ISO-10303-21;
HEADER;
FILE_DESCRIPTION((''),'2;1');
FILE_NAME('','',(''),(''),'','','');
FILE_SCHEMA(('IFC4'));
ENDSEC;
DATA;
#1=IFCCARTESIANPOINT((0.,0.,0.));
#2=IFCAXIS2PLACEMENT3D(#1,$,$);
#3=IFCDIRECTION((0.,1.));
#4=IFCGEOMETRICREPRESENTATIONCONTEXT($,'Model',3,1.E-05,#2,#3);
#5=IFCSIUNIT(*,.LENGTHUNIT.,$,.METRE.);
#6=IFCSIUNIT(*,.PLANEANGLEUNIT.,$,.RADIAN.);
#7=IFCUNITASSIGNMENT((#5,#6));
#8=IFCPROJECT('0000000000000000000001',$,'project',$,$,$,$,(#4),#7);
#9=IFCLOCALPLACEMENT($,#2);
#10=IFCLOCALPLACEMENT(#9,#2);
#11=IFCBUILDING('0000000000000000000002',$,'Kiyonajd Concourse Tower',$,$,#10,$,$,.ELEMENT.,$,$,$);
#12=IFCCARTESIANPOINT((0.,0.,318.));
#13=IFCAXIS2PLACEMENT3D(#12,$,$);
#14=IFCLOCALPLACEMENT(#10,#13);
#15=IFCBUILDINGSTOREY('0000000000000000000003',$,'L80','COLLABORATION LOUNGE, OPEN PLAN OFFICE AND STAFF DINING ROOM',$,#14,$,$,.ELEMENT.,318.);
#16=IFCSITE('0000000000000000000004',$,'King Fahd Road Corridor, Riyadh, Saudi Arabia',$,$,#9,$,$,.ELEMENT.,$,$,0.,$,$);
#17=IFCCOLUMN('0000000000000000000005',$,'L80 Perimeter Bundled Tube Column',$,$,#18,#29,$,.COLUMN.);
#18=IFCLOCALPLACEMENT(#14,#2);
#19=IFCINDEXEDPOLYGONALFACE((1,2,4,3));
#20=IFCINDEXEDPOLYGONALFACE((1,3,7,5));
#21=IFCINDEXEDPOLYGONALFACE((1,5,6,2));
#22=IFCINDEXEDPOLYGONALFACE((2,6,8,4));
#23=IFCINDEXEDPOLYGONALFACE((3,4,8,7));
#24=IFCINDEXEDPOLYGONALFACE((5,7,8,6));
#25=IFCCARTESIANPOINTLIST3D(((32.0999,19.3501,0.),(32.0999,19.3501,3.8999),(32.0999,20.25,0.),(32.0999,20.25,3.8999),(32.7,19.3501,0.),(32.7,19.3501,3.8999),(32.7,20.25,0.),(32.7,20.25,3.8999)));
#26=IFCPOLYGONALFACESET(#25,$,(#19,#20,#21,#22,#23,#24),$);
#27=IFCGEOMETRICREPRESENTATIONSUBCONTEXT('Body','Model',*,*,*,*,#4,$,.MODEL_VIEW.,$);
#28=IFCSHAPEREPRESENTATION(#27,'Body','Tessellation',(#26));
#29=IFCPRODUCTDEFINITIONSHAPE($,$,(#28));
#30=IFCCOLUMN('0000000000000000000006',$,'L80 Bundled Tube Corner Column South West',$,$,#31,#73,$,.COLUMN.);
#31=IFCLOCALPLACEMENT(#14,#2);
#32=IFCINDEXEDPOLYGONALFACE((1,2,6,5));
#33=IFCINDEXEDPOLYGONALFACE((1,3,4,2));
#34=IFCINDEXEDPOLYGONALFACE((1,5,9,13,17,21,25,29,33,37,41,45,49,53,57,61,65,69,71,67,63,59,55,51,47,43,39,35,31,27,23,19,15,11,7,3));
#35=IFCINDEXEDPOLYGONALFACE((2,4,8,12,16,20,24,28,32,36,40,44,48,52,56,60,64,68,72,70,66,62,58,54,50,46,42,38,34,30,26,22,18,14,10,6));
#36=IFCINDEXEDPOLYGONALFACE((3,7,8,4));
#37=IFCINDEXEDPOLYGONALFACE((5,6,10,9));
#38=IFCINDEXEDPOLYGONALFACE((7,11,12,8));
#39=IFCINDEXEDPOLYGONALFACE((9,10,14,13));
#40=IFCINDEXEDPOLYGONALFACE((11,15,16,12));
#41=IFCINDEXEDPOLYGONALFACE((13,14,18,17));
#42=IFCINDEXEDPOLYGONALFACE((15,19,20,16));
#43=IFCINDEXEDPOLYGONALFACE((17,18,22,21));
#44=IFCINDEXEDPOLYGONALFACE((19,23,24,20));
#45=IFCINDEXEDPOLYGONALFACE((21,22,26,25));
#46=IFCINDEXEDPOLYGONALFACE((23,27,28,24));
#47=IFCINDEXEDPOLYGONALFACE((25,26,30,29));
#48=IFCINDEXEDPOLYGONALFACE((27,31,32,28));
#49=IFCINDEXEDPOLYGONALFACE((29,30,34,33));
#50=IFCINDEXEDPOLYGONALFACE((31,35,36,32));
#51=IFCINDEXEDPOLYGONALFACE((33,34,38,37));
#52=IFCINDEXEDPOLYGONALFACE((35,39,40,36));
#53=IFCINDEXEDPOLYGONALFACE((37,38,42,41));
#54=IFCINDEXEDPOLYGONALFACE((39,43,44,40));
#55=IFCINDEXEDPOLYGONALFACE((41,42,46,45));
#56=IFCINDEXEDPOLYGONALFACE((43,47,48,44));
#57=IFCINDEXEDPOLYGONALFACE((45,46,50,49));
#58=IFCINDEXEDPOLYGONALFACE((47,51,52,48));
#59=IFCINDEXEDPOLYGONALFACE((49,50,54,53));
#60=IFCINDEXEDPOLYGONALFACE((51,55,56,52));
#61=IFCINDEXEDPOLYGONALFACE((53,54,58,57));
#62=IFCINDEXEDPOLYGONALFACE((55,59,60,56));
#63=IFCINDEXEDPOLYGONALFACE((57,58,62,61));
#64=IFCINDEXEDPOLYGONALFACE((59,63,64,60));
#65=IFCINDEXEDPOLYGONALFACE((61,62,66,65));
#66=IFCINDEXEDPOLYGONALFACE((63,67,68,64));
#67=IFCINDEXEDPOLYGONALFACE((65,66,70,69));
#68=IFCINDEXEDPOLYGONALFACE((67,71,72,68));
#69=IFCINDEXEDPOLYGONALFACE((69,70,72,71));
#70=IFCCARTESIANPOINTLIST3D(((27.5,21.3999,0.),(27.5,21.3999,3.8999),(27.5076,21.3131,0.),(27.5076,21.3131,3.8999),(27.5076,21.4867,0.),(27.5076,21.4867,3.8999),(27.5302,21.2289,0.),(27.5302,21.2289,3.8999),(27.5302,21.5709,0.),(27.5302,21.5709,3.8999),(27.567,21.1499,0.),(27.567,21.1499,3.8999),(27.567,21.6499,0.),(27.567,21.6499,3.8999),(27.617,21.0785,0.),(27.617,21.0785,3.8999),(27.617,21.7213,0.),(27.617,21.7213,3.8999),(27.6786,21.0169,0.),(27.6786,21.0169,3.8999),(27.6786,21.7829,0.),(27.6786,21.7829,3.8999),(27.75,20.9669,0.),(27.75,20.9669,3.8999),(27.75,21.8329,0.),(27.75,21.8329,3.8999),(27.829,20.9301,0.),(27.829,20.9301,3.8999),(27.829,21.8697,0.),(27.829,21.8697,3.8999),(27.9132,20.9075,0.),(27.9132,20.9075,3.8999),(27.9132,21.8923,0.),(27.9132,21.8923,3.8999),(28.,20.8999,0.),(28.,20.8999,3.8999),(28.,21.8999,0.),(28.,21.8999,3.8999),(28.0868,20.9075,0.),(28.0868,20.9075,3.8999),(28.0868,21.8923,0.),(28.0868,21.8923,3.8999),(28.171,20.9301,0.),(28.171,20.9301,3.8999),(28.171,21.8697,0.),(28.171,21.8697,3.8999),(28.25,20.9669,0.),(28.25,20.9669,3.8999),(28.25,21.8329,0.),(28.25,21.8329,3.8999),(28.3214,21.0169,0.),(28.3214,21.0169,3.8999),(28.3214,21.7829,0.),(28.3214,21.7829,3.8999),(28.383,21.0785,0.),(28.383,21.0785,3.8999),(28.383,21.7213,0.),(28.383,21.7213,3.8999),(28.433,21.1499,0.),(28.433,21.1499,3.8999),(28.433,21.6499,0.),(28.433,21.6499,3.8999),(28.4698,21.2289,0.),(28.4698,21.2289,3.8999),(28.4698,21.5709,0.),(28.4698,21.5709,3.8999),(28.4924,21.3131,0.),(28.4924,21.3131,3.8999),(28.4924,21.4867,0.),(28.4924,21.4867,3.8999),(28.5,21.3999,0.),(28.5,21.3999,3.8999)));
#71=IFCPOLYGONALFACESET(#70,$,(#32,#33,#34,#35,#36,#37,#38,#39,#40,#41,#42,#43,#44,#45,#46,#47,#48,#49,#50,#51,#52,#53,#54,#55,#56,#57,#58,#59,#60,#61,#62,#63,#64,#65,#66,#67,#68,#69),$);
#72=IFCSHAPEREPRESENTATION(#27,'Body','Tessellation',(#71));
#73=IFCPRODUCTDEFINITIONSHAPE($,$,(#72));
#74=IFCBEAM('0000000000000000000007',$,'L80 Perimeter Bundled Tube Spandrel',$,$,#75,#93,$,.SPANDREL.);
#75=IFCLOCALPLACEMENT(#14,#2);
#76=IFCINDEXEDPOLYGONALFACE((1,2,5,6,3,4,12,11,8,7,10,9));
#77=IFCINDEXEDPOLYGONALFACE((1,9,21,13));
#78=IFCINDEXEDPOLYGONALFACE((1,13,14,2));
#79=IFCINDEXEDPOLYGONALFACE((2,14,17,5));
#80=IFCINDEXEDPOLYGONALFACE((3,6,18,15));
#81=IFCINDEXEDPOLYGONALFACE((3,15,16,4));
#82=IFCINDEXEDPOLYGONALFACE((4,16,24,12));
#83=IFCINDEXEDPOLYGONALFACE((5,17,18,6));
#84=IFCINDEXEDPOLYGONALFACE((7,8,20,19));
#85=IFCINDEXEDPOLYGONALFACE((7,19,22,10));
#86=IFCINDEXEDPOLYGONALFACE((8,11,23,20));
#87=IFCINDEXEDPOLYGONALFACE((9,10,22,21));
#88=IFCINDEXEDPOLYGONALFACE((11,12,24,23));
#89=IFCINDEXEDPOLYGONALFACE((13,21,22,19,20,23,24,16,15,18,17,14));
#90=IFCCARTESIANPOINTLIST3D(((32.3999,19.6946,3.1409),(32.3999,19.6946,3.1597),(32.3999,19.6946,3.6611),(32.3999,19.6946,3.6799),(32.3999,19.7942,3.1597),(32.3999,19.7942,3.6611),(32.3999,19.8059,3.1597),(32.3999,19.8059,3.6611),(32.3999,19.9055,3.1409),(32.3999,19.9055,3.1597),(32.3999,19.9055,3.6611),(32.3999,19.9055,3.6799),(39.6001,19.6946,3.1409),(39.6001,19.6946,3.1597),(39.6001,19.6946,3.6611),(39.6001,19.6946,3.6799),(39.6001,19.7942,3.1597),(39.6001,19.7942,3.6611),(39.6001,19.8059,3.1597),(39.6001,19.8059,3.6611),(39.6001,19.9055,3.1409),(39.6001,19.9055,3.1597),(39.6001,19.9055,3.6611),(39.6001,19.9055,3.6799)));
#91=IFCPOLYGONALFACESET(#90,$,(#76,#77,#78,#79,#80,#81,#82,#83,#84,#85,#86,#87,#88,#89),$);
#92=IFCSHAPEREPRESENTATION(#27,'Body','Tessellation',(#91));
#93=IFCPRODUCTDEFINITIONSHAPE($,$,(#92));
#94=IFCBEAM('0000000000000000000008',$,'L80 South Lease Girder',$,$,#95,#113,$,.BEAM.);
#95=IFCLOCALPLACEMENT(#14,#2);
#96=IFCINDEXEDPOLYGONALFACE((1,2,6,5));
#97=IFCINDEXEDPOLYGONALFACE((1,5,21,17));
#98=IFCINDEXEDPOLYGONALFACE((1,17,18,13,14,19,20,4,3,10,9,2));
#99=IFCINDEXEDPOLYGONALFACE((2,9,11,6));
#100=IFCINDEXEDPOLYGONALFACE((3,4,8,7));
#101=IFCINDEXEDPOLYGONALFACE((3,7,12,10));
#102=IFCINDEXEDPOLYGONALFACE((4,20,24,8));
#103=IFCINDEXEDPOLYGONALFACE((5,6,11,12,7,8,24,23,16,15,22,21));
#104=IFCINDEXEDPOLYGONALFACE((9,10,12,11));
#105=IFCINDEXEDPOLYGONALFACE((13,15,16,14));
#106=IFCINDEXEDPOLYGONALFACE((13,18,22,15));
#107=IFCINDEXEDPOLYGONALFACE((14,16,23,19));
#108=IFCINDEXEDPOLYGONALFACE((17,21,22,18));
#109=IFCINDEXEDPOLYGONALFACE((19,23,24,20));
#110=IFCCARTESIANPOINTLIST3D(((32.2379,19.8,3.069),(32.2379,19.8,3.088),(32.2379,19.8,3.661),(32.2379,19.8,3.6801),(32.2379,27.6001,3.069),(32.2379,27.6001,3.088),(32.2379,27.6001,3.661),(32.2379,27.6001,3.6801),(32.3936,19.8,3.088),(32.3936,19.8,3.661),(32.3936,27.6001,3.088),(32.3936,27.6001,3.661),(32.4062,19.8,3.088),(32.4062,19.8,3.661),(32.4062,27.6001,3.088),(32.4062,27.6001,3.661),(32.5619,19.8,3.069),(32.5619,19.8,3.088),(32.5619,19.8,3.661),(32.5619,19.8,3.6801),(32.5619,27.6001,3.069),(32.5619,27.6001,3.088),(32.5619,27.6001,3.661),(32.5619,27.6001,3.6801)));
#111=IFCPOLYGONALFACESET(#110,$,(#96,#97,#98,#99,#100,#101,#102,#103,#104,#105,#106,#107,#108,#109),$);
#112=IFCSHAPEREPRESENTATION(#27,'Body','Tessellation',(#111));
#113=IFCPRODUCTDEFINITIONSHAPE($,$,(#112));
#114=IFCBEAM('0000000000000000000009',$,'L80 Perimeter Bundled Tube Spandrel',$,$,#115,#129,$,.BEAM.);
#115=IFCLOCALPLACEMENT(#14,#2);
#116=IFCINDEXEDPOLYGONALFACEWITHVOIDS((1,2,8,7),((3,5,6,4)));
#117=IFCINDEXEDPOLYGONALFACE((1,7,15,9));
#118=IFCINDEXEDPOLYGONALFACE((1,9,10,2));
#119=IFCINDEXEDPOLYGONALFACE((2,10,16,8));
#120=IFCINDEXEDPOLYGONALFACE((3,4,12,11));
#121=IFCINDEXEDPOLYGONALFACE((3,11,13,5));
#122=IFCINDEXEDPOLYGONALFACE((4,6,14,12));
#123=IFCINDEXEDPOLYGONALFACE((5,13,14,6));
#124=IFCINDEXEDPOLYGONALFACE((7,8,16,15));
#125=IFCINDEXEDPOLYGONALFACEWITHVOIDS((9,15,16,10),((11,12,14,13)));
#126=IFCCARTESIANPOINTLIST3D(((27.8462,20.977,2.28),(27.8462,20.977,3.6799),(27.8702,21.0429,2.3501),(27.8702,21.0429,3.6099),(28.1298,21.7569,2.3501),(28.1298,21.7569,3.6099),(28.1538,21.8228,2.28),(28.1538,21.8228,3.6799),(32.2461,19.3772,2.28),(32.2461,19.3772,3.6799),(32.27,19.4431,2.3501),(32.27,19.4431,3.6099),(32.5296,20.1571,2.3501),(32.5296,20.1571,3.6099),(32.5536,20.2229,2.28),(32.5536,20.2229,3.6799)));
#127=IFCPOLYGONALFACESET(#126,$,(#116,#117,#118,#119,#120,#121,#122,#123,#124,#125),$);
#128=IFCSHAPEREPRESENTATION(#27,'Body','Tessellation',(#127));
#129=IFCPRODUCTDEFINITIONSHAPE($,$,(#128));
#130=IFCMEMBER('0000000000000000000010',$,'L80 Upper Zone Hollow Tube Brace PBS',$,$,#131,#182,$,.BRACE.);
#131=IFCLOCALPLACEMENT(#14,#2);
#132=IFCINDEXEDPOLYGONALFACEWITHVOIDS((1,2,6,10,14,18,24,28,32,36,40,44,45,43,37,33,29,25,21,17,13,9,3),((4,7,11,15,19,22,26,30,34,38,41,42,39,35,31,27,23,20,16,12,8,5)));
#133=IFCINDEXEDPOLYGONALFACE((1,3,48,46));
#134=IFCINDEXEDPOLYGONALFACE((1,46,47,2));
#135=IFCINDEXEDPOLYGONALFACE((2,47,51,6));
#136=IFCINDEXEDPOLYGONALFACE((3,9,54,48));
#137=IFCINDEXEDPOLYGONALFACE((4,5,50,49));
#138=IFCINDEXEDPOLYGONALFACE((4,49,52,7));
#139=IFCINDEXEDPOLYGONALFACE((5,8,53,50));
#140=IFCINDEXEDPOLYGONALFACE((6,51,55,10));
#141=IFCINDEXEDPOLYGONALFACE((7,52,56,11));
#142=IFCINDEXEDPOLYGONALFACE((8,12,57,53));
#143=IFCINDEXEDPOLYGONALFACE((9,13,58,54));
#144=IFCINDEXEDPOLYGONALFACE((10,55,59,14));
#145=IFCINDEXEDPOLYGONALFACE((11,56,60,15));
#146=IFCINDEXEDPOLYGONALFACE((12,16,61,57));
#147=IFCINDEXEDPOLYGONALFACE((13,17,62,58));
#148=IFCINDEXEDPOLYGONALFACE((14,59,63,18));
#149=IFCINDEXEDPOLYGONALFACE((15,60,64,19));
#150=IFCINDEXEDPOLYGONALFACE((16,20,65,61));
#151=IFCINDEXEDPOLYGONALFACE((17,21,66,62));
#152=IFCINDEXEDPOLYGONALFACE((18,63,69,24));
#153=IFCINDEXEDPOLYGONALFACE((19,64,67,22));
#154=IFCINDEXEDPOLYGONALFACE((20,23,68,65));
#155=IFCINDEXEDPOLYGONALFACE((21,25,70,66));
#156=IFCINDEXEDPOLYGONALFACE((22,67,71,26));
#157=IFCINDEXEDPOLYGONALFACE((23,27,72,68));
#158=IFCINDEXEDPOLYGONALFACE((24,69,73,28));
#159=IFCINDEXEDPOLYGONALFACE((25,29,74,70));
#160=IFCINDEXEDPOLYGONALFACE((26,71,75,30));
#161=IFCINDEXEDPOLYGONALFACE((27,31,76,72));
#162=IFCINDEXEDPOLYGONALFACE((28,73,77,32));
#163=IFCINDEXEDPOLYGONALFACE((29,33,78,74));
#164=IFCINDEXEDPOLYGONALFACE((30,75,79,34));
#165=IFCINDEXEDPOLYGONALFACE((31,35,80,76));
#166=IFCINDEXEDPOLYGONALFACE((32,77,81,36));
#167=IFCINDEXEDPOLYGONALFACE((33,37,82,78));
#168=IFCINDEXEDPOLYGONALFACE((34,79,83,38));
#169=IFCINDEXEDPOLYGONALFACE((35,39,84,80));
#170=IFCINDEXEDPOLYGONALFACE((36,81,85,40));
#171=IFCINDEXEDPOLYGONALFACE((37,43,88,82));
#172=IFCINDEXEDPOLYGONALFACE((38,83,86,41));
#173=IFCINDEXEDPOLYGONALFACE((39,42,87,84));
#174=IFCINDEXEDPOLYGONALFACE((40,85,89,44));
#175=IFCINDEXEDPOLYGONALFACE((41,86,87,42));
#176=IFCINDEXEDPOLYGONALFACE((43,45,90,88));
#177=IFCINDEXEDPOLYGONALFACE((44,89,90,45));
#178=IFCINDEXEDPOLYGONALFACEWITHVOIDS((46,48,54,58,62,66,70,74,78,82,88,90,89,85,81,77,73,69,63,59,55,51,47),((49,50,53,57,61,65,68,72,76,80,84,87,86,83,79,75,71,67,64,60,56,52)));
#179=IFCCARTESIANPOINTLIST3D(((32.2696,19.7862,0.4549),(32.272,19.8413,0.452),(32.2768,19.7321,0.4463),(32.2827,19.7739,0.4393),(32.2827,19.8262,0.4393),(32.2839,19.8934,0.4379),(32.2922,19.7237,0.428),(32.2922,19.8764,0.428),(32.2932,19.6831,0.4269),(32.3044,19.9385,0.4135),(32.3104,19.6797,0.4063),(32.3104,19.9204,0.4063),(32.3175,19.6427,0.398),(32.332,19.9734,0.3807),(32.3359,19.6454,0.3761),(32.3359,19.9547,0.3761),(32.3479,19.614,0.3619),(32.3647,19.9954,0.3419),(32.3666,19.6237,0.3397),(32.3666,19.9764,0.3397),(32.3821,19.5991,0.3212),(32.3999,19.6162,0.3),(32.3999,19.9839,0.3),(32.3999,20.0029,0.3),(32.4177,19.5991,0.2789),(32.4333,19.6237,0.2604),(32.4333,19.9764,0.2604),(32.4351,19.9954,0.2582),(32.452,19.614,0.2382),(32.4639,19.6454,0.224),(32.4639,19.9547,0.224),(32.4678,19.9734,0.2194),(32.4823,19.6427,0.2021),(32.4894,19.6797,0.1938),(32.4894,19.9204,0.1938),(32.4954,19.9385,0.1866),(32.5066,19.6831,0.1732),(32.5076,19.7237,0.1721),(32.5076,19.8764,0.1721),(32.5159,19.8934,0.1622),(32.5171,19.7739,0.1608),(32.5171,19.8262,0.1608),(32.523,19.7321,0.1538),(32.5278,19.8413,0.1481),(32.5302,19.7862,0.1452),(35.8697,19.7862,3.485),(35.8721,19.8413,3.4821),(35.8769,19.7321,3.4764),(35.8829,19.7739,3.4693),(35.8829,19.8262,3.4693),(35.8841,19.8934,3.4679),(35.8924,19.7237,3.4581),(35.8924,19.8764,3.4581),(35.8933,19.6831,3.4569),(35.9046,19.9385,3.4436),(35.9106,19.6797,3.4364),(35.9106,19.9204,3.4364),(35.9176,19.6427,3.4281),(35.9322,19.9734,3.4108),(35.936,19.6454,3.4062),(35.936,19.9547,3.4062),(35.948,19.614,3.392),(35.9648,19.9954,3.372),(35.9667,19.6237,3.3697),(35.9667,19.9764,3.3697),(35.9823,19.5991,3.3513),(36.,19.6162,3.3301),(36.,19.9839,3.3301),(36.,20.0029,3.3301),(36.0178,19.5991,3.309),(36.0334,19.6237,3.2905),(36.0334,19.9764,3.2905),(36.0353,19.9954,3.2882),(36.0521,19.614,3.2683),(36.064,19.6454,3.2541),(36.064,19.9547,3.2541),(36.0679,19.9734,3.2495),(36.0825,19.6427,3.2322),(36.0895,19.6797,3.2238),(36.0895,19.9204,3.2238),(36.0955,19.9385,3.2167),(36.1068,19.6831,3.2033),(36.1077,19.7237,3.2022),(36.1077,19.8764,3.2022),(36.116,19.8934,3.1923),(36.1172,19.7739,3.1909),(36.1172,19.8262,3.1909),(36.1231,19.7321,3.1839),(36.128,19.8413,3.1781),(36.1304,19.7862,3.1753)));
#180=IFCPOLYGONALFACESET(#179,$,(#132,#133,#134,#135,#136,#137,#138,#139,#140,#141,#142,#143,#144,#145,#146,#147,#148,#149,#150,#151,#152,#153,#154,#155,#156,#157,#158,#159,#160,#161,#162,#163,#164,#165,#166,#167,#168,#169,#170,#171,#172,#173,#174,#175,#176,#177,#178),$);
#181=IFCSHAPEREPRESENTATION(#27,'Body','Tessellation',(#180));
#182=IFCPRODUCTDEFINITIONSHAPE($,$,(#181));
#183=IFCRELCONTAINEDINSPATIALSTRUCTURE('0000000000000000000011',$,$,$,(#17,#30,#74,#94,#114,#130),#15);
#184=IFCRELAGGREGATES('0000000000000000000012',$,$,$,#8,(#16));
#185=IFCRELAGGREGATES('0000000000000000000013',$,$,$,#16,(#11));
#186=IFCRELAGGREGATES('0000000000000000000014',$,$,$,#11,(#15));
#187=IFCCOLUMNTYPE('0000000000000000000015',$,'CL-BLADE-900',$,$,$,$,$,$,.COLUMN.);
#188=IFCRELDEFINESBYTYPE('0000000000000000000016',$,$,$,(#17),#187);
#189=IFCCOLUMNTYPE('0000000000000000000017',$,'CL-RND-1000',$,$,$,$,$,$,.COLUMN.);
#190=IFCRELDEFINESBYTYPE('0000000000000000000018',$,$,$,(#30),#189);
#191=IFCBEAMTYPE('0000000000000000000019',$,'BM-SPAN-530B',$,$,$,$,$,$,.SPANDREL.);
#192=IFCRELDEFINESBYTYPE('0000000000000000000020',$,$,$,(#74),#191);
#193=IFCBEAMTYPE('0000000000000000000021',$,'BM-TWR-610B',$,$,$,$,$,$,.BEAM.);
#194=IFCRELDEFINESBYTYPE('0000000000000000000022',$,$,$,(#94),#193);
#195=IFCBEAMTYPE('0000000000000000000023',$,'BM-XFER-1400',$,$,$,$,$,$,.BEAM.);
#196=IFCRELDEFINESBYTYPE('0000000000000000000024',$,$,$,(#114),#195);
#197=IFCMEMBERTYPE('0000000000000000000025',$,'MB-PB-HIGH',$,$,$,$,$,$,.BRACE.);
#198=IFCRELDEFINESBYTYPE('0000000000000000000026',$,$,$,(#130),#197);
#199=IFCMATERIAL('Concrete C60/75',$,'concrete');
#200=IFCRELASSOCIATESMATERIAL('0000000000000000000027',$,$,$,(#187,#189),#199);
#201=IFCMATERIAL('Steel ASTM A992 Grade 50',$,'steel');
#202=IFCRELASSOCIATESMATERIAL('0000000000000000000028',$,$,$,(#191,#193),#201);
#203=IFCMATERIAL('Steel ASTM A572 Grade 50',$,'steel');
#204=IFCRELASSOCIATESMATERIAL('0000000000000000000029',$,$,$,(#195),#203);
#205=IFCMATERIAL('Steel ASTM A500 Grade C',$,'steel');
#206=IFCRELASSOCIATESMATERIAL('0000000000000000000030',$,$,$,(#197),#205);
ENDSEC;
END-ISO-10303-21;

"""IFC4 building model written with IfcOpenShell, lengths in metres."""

from ifc_helpers import new_model, si_unit, direction, frame, origin, origin_2d, place, context, subcontext, project, spatial, rectangle, hollow_rectangle, circle, hollow_circle, i_section, extrude, material, material_profile, profile_set, type_object, element, save


model = new_model("IFC4")

# Units and contexts
model_context = context("Model", 3, precision=1e-05, world=origin(), true_north=direction((0.0, 1.0)))
body_context = subcontext(model_context, "Body", "Model", "MODEL_VIEW")
ifc_project = project(units=[si_unit("LENGTHUNIT", "METRE"), si_unit("PLANEANGLEUNIT", "RADIAN")], contexts=[model_context])

# Site, building, storey
site_placement = place(None, origin())
site = spatial("IfcSite", under=ifc_project, at=site_placement, Name="King Fahd Road Corridor, Riyadh, Saudi Arabia", CompositionType="ELEMENT", RefElevation=0.0)
building_placement = place(site_placement, origin())
building = spatial("IfcBuilding", under=site, at=building_placement, Name="Kiyonajd Concourse Tower", CompositionType="ELEMENT")
storey_placement = place(building_placement, frame((0.0, 0.0, 318.0)))
storey = spatial("IfcBuildingStorey", under=building, at=storey_placement, Name="L80", Description="COLLABORATION LOUNGE, OPEN PLAN OFFICE AND STAFF DINING ROOM", CompositionType="ELEMENT", Elevation=318.0)

# Columns
ifc_material_1 = material(Name="Concrete C60/75", Category="concrete")
ifc_material_profile_1 = material_profile(ifc_material_1, rectangle(XDim=0.6001, YDim=0.8999, at=origin_2d()), Name="RC-900x600")
ifc_profile_set_1 = profile_set([ifc_material_profile_1], Name="Concrete C60/75")
column_type_1 = type_object("IfcColumnType", Name="CL-BLADE-900", PredefinedType="COLUMN", material=ifc_profile_set_1)
column_1_placement = place(storey_placement, frame((32.3999, 19.8, 0.0), z_axis=(0.0, 0.0, 1.0), x_axis=(1.0, 0.0, 0.0)))
element("IfcColumn", 1, at=column_1_placement, inside=storey, type_object=column_type_1, Name="L80 Perimeter Bundled Tube Column", PredefinedType="COLUMN", context=body_context, shape_type="SweptSolid", body=[
    extrude(rectangle(XDim=0.6001, YDim=0.8999, at=origin_2d()), origin(), (0.0, 0.0, 1.0), 3.8999),
])
ifc_material_profile_2 = material_profile(ifc_material_1, circle(Radius=0.5, at=origin_2d()), Name="RCC-D1000")
ifc_profile_set_2 = profile_set([ifc_material_profile_2], Name="Concrete C60/75")
column_type_2 = type_object("IfcColumnType", Name="CL-RND-1000", PredefinedType="COLUMN", material=ifc_profile_set_2)
column_2_placement = place(storey_placement, frame((28.0, 21.3999, 0.0), z_axis=(0.0, 0.0, 1.0), x_axis=(1.0, 0.0, 0.0)))
element("IfcColumn", 2, at=column_2_placement, inside=storey, type_object=column_type_2, Name="L80 Bundled Tube Corner Column South West", PredefinedType="COLUMN", context=body_context, shape_type="SweptSolid", body=[
    extrude(circle(Radius=0.5, at=origin_2d()), origin(), (0.0, 0.0, 1.0), 3.8999),
])

# Beams
ifc_material_2 = material(Name="Steel ASTM A992 Grade 50", Category="steel")
ifc_material_profile_3 = material_profile(ifc_material_2, i_section(OverallWidth=0.2109, OverallDepth=0.5391, WebThickness=0.0117, FlangeThickness=0.0188, at=origin_2d()), Name="W530X109")
ifc_profile_set_3 = profile_set([ifc_material_profile_3], Name="Steel ASTM A992 Grade 50")
beam_type_1 = type_object("IfcBeamType", Name="BM-SPAN-530B", PredefinedType="SPANDREL", material=ifc_profile_set_3)
beam_1_placement = place(storey_placement, frame((32.3999, 19.8, 3.4104), z_axis=(1.0, 0.0, 0.0), x_axis=(0.0, 1.0, 0.0)))
element("IfcBeam", 3, at=beam_1_placement, inside=storey, type_object=beam_type_1, Name="L80 Perimeter Bundled Tube Spandrel", PredefinedType="SPANDREL", context=body_context, shape_type="SweptSolid", body=[
    extrude(i_section(OverallWidth=0.2109, OverallDepth=0.5391, WebThickness=0.0117, FlangeThickness=0.0188, at=origin_2d()), origin(), (0.0, 0.0, 1.0), 7.2002),
])
ifc_material_profile_4 = material_profile(ifc_material_2, i_section(OverallWidth=0.324, OverallDepth=0.6111, WebThickness=0.0127, FlangeThickness=0.019, at=origin_2d()), Name="W610X155")
ifc_profile_set_4 = profile_set([ifc_material_profile_4], Name="Steel ASTM A992 Grade 50")
beam_type_2 = type_object("IfcBeamType", Name="BM-TWR-610B", PredefinedType="BEAM", material=ifc_profile_set_4)
beam_2_placement = place(storey_placement, frame((32.3999, 19.8, 3.3745), z_axis=(0.0, 1.0, 0.0), x_axis=(-1.0, 0.0, 0.0)))
element("IfcBeam", 4, at=beam_2_placement, inside=storey, type_object=beam_type_2, Name="L80 South Lease Girder", PredefinedType="BEAM", context=body_context, shape_type="SweptSolid", body=[
    extrude(i_section(OverallWidth=0.324, OverallDepth=0.6111, WebThickness=0.0127, FlangeThickness=0.019, at=origin_2d()), origin(), (0.0, 0.0, 1.0), 7.8),
])
ifc_material_3 = material(Name="Steel ASTM A572 Grade 50", Category="steel")
ifc_material_profile_5 = material_profile(ifc_material_3, hollow_rectangle(XDim=0.8999, YDim=1.3999, WallThickness=0.0701, at=origin_2d()), Name="BOX-1400x900x70")
ifc_profile_set_5 = profile_set([ifc_material_profile_5], Name="Steel ASTM A572 Grade 50")
beam_type_3 = type_object("IfcBeamType", Name="BM-XFER-1400", PredefinedType="BEAM", material=ifc_profile_set_5)
beam_3_placement = place(storey_placement, frame((28.0, 21.3999, 2.98), z_axis=(0.939801, -0.341722, 0.0), x_axis=(0.341722, 0.939801, 0.0)))
element("IfcBeam", 5, at=beam_3_placement, inside=storey, type_object=beam_type_3, Name="L80 Perimeter Bundled Tube Spandrel", PredefinedType="BEAM", context=body_context, shape_type="SweptSolid", body=[
    extrude(hollow_rectangle(XDim=0.8999, YDim=1.3999, WallThickness=0.0701, at=origin_2d()), origin(), (0.0, 0.0, 1.0), 4.6816),
])

# Member
ifc_material_4 = material(Name="Steel ASTM A500 Grade C", Category="steel")
ifc_material_profile_6 = material_profile(ifc_material_4, hollow_circle(Radius=0.2029, WallThickness=0.019, at=origin_2d()), Name="CHS-406x19")
ifc_profile_set_6 = profile_set([ifc_material_profile_6], Name="Steel ASTM A500 Grade C")
member_type = type_object("IfcMemberType", Name="MB-PB-HIGH", PredefinedType="BRACE", material=ifc_profile_set_6)
member_placement = place(storey_placement, frame((32.3999, 19.8, 0.3), z_axis=(0.765082, 0.0, 0.643933), x_axis=(0.0, 1.0, 0.0)))
element("IfcMember", 6, at=member_placement, inside=storey, type_object=member_type, Name="L80 Upper Zone Hollow Tube Brace PBS", PredefinedType="BRACE", context=body_context, shape_type="SweptSolid", body=[
    extrude(hollow_circle(Radius=0.2029, WallThickness=0.019, at=origin_2d()), origin(), (0.0, 0.0, 1.0), 4.7056),
])

save(model, "model.ifc")
